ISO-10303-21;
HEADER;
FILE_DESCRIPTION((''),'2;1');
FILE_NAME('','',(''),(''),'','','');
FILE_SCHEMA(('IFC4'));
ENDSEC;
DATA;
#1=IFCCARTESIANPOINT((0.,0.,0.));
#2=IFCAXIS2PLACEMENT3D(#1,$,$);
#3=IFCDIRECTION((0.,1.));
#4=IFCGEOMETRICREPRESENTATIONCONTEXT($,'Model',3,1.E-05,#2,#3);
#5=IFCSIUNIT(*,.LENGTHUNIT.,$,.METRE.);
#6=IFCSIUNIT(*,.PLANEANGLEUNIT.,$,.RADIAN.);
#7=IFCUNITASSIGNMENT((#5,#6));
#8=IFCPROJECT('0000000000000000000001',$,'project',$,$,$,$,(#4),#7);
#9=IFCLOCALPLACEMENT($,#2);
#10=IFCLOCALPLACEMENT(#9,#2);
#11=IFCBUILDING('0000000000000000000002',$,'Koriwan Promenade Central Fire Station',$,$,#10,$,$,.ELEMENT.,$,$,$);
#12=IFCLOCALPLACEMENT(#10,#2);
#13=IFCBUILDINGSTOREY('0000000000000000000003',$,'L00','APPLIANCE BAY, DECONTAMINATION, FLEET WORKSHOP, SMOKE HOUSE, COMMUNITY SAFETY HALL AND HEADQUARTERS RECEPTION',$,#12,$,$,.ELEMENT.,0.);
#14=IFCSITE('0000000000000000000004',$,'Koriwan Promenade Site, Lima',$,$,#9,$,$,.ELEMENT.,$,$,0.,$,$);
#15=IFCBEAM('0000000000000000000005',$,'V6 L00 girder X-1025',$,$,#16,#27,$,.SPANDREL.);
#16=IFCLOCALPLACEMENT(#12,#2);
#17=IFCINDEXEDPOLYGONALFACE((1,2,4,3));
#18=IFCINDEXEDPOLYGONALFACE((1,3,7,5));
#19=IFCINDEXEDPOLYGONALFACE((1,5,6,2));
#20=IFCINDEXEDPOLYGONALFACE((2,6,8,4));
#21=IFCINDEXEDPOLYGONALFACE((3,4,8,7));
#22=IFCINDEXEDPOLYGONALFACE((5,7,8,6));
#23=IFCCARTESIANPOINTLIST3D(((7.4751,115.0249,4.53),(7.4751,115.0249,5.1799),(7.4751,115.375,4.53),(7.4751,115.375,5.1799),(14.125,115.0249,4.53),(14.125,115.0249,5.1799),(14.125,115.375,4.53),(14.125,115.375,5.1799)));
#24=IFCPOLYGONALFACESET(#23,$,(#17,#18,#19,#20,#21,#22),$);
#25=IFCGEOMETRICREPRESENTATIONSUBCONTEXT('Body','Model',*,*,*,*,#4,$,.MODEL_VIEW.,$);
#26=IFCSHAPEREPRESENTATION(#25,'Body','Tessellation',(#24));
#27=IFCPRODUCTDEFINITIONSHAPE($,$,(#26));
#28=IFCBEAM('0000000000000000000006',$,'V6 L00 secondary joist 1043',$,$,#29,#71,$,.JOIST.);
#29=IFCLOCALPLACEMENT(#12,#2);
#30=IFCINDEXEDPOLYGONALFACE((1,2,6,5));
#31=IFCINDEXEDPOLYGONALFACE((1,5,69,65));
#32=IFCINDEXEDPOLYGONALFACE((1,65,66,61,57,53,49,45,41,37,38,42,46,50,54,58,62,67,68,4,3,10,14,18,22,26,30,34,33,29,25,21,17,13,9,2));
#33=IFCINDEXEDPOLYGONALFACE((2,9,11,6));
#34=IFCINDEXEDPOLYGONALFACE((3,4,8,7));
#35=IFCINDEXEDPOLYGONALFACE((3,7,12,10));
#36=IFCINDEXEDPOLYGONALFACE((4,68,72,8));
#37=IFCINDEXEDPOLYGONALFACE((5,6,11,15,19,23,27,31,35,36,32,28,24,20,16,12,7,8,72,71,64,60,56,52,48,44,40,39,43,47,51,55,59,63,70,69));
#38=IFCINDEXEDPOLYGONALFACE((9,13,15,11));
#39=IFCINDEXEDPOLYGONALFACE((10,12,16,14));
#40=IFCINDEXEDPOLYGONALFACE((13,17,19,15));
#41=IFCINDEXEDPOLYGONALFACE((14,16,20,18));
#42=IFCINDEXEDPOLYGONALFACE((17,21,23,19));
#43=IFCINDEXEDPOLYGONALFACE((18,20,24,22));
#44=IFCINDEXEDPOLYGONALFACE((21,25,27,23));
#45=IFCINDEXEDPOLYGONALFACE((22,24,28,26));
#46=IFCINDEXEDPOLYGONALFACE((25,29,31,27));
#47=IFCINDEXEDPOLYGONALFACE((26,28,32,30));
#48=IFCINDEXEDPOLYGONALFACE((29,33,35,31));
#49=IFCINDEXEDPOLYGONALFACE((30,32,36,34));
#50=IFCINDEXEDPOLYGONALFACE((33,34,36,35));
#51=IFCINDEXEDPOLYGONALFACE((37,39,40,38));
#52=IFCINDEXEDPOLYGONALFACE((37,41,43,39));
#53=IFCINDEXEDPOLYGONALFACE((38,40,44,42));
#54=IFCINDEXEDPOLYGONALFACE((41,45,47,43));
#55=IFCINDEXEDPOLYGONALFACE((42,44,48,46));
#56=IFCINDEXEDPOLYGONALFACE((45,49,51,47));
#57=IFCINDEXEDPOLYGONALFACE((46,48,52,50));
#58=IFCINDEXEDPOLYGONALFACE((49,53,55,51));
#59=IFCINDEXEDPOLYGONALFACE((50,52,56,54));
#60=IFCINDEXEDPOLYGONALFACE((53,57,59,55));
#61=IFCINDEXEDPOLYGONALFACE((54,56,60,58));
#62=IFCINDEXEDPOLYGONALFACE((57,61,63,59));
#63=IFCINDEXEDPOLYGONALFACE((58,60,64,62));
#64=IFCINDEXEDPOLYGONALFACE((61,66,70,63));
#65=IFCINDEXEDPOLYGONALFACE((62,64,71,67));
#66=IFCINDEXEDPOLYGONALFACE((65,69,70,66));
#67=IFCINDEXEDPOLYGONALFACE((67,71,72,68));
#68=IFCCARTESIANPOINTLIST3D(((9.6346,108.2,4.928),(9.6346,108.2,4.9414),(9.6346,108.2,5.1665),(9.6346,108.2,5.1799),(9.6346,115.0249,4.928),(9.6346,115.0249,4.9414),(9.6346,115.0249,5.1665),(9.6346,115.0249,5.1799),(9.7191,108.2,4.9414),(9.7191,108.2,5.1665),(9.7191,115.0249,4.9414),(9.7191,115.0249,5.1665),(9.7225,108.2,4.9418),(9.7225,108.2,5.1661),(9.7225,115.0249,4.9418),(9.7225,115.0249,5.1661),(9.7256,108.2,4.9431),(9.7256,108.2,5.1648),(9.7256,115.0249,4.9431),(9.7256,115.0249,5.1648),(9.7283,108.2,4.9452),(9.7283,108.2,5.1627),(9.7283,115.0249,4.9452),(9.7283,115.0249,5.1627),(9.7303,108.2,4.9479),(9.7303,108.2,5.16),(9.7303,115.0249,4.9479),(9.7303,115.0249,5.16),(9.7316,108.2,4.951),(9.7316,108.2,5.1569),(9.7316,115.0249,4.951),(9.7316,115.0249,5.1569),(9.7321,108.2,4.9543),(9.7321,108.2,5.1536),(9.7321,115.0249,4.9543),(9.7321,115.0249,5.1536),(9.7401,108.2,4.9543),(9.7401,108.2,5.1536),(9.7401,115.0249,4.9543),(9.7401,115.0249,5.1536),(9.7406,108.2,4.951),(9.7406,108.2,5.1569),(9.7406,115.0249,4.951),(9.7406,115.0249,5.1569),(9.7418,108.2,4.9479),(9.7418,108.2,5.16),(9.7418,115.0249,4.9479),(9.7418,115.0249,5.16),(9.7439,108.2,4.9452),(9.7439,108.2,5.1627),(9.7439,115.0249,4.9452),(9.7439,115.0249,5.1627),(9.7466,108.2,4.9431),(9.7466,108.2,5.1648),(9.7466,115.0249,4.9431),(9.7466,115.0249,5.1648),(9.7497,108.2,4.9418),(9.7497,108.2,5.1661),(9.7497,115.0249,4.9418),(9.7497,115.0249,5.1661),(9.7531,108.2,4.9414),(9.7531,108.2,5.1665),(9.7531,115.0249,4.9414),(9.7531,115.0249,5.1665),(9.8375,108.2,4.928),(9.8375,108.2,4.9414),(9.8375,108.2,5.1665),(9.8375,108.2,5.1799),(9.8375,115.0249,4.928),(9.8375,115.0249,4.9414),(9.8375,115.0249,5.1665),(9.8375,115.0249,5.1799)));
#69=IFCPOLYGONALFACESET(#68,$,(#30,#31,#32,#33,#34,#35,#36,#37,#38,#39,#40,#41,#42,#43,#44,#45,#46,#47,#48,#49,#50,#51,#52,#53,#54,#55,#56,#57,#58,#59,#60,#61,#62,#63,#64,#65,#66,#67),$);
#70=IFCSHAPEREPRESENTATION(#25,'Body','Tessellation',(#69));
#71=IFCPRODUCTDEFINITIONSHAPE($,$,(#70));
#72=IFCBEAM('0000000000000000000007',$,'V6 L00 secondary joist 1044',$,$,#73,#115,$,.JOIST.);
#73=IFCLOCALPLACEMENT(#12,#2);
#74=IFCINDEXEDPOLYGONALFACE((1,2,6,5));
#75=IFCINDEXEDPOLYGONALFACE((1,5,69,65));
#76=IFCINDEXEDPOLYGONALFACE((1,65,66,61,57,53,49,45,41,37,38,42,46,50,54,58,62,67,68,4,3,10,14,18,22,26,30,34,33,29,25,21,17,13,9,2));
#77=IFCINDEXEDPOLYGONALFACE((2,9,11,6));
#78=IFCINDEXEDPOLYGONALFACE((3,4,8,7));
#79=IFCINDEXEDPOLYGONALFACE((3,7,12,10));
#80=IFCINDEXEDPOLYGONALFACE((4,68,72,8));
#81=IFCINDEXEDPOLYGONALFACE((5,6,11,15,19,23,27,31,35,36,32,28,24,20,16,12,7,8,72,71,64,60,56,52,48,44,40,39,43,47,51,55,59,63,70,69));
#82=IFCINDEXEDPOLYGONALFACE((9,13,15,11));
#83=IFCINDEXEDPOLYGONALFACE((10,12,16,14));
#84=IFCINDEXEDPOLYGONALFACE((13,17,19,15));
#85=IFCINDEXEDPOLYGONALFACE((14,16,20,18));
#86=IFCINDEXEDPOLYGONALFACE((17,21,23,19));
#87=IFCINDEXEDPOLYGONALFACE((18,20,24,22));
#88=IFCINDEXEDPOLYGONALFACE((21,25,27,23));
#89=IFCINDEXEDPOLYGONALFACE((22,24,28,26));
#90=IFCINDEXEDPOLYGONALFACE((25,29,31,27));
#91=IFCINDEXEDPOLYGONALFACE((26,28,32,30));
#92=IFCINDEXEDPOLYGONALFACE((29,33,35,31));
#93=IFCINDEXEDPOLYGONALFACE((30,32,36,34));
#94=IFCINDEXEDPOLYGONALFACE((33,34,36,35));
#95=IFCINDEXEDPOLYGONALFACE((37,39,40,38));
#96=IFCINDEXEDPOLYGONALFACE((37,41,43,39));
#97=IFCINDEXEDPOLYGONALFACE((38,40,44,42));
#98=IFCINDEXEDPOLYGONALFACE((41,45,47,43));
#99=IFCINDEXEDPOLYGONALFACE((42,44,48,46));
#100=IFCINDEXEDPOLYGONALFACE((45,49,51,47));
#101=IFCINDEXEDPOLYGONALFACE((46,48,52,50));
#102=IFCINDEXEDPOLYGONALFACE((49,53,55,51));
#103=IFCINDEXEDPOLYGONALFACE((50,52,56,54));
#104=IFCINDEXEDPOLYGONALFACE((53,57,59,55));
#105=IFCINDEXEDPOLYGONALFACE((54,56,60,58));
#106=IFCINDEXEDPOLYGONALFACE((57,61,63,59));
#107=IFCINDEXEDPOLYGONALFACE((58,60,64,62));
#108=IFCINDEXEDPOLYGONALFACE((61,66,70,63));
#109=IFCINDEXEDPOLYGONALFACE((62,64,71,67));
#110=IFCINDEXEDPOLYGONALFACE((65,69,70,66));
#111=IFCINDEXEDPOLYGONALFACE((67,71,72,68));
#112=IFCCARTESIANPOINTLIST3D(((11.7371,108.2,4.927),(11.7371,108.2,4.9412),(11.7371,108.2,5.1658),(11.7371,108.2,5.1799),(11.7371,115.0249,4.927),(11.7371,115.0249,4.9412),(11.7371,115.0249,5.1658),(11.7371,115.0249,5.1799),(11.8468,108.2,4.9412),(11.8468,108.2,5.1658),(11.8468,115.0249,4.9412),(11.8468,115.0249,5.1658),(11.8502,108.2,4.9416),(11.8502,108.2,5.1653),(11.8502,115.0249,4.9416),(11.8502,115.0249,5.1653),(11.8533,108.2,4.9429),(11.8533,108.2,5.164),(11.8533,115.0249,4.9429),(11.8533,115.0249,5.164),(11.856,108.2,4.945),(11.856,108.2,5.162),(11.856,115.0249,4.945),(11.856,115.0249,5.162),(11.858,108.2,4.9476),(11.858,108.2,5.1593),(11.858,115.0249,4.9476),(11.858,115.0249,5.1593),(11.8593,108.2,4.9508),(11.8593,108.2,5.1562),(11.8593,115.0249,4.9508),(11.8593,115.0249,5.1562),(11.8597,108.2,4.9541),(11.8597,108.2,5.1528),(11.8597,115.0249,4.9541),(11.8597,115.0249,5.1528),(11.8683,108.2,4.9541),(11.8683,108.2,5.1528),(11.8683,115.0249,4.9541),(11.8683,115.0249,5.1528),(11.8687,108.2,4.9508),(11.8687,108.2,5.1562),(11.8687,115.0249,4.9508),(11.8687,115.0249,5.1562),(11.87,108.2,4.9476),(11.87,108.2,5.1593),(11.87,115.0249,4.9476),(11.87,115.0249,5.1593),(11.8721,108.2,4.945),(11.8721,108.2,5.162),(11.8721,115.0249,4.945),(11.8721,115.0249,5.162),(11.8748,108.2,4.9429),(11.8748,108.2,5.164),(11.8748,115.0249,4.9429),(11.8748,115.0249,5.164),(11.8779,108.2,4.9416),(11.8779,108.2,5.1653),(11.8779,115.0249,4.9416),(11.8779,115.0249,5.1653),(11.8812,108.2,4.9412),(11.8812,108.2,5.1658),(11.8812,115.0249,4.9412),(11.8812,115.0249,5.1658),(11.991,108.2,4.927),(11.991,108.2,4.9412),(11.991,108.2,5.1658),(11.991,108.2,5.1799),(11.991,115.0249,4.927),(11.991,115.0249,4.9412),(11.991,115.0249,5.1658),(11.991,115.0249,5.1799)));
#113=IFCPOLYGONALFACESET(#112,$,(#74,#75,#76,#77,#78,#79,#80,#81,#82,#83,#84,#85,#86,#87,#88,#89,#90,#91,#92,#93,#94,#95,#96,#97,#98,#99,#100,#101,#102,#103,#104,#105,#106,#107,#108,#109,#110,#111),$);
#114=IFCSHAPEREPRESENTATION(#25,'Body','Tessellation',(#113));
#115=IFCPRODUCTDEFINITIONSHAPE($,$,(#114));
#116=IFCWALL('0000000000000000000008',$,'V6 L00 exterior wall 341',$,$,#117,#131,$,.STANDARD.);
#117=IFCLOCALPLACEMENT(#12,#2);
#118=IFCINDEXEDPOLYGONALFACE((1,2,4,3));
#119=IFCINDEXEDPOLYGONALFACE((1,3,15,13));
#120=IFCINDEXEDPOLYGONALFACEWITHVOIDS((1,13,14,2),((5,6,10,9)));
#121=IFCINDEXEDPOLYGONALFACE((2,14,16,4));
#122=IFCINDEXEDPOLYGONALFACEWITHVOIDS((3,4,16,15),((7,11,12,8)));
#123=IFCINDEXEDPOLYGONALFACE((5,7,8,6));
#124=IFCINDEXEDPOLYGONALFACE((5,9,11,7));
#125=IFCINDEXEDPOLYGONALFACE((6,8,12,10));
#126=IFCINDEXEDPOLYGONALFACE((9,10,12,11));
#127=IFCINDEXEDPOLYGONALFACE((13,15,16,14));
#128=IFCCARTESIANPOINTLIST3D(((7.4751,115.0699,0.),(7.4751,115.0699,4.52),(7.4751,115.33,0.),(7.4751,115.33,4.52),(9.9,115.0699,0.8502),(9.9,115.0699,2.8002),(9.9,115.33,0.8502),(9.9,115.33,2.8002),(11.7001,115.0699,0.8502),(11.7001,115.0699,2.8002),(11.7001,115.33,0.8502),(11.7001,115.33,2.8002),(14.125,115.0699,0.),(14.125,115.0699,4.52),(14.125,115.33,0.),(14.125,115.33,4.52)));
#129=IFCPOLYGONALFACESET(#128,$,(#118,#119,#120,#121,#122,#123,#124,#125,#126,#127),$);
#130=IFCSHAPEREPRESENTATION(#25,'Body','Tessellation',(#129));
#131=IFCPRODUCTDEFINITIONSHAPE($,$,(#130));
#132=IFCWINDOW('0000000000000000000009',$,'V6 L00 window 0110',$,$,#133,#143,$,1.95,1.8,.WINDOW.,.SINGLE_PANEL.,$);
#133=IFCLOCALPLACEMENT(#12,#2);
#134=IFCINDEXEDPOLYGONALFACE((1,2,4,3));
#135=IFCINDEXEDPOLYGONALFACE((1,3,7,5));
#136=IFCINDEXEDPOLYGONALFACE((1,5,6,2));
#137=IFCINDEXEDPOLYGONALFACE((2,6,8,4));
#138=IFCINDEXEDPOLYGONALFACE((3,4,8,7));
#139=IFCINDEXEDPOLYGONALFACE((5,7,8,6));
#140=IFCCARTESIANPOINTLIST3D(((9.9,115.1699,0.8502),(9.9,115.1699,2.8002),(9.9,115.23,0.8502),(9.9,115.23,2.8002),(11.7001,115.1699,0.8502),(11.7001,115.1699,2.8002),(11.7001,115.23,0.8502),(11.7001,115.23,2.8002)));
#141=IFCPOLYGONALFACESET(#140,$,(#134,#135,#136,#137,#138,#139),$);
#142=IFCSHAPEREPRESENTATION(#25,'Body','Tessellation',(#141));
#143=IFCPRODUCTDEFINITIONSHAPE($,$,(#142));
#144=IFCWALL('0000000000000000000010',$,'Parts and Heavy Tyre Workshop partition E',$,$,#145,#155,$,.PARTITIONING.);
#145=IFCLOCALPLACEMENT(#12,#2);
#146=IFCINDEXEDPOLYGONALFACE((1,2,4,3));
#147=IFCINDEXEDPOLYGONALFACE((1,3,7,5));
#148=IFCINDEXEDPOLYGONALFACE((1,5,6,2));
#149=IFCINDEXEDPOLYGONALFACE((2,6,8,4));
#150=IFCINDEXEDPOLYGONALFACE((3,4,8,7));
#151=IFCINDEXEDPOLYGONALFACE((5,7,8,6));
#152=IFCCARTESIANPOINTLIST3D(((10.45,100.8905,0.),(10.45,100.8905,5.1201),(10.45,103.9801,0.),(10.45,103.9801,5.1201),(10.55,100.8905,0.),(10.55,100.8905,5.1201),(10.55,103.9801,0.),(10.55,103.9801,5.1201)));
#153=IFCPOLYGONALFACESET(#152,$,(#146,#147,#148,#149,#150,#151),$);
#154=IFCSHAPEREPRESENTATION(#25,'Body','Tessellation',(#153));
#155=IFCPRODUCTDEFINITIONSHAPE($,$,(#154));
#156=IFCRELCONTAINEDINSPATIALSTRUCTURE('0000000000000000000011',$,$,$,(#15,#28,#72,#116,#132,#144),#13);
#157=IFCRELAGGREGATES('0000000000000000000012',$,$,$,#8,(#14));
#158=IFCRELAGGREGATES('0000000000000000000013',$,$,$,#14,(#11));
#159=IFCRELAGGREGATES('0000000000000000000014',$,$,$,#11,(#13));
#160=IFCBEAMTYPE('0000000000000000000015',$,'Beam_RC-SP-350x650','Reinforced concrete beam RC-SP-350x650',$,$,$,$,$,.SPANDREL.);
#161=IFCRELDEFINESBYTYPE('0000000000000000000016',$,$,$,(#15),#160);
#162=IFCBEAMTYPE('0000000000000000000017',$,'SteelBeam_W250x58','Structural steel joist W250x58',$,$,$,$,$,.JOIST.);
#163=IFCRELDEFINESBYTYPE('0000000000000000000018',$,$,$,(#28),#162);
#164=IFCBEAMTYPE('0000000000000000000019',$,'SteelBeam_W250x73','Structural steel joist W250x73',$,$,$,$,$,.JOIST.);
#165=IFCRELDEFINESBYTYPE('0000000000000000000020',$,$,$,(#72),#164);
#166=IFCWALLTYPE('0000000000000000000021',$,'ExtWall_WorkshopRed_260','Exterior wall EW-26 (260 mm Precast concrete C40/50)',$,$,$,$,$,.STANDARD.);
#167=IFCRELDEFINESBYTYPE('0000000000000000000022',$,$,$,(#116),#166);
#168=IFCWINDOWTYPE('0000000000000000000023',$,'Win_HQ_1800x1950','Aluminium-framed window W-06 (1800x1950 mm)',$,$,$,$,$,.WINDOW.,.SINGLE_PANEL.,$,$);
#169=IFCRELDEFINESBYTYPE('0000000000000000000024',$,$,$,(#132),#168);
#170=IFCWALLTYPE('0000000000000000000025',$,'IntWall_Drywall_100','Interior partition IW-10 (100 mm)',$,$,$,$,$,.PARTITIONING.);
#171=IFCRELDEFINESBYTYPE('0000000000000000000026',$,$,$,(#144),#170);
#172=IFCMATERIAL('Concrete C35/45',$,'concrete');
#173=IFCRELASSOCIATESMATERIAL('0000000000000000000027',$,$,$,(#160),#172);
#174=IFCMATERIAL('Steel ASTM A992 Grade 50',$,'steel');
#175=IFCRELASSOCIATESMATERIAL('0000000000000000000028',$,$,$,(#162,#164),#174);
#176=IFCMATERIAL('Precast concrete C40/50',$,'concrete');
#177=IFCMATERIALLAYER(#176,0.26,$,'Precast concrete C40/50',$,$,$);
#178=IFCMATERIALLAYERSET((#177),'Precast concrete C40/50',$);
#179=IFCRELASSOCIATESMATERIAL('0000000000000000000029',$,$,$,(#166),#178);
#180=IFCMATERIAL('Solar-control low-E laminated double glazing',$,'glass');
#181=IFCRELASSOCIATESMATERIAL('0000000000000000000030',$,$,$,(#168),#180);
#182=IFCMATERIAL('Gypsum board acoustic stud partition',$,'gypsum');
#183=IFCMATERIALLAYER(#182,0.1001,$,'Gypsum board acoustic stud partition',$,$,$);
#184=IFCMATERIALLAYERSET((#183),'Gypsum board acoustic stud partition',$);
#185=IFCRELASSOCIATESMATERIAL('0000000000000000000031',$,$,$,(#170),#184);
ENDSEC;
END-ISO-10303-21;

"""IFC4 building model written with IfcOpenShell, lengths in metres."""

from ifc_helpers import new_model, si_unit, direction, frame, frame_2d, origin, origin_2d, place, context, subcontext, project, spatial, rectangle, i_section, extrude, material, layer, layer_set, material_profile, profile_set, type_object, element, fill, save


model = new_model("IFC4")

# Units and contexts
model_context = context("Model", 3, precision=1e-05, world=origin(), true_north=direction((0.0, 1.0)))
body_context = subcontext(model_context, "Body", "Model", "MODEL_VIEW")
ifc_project = project(units=[si_unit("LENGTHUNIT", "METRE"), si_unit("PLANEANGLEUNIT", "RADIAN")], contexts=[model_context])

# Site, building, storey
site_placement = place(None, origin())
site = spatial("IfcSite", under=ifc_project, at=site_placement, Name="Koriwan Promenade Site, Lima", CompositionType="ELEMENT", RefElevation=0.0)
building_placement = place(site_placement, origin())
building = spatial("IfcBuilding", under=site, at=building_placement, Name="Koriwan Promenade Central Fire Station", CompositionType="ELEMENT")
storey_placement = place(building_placement, origin())
storey = spatial("IfcBuildingStorey", under=building, at=storey_placement, Name="L00", Description="APPLIANCE BAY, DECONTAMINATION, FLEET WORKSHOP, SMOKE HOUSE, COMMUNITY SAFETY HALL AND HEADQUARTERS RECEPTION", CompositionType="ELEMENT", Elevation=0.0)

# Shared definitions
ifc_material_1 = material(Name="Concrete C35/45", Category="concrete")

# Beams
ifc_material_profile_1 = material_profile(ifc_material_1, rectangle(XDim=0.3501, YDim=0.6499, at=origin_2d()), Name="RC-SP-350x650")
ifc_profile_set_1 = profile_set([ifc_material_profile_1], Name="Concrete C35/45")
beam_type_1 = type_object("IfcBeamType", Name="Beam_RC-SP-350x650", Description="Reinforced concrete beam RC-SP-350x650", PredefinedType="SPANDREL", material=ifc_profile_set_1)
beam_1_placement = place(storey_placement, frame((7.4751, 115.2, 4.855), z_axis=(1.0, 0.0, 0.0), x_axis=(0.0, 1.0, 0.0)))
element("IfcBeam", 1, at=beam_1_placement, inside=storey, type_object=beam_type_1, Name="V6 L00 girder X-1025", PredefinedType="SPANDREL", context=body_context, shape_type="SweptSolid", body=[
    extrude(rectangle(XDim=0.3501, YDim=0.6499, at=origin_2d()), origin(), (0.0, 0.0, 1.0), 6.6499),
])
ifc_material_2 = material(Name="Steel ASTM A992 Grade 50", Category="steel")
ifc_material_profile_2 = material_profile(ifc_material_2, i_section(OverallWidth=0.2029, OverallDepth=0.252, WebThickness=0.0081, FlangeThickness=0.0134, FilletRadius=0.0129, at=origin_2d()), Name="W250x58")
ifc_profile_set_2 = profile_set([ifc_material_profile_2], Name="Steel ASTM A992 Grade 50")
beam_type_2 = type_object("IfcBeamType", Name="SteelBeam_W250x58", Description="Structural steel joist W250x58", PredefinedType="JOIST", material=ifc_profile_set_2)
beam_2_placement = place(storey_placement, frame((9.7361, 108.2, 5.054), z_axis=(0.0, 1.0, 0.0), x_axis=(-1.0, 0.0, 0.0)))
element("IfcBeam", 2, at=beam_2_placement, inside=storey, type_object=beam_type_2, Name="V6 L00 secondary joist 1043", PredefinedType="JOIST", context=body_context, shape_type="SweptSolid", body=[
    extrude(i_section(OverallWidth=0.2029, OverallDepth=0.252, WebThickness=0.0081, FlangeThickness=0.0134, FilletRadius=0.0129, at=origin_2d()), origin(), (0.0, 0.0, 1.0), 6.825),
])
ifc_material_profile_3 = material_profile(ifc_material_2, i_section(OverallWidth=0.2539, OverallDepth=0.2529, WebThickness=0.0085, FlangeThickness=0.0142, FilletRadius=0.0129, at=origin_2d()), Name="W250x73")
ifc_profile_set_3 = profile_set([ifc_material_profile_3], Name="Steel ASTM A992 Grade 50")
beam_type_3 = type_object("IfcBeamType", Name="SteelBeam_W250x73", Description="Structural steel joist W250x73", PredefinedType="JOIST", material=ifc_profile_set_3)
beam_3_placement = place(storey_placement, frame((11.864, 108.2, 5.0535), z_axis=(0.0, 1.0, 0.0), x_axis=(-1.0, 0.0, 0.0)))
element("IfcBeam", 3, at=beam_3_placement, inside=storey, type_object=beam_type_3, Name="V6 L00 secondary joist 1044", PredefinedType="JOIST", context=body_context, shape_type="SweptSolid", body=[
    extrude(i_section(OverallWidth=0.2539, OverallDepth=0.2529, WebThickness=0.0085, FlangeThickness=0.0142, FilletRadius=0.0129, at=origin_2d()), origin(), (0.0, 0.0, 1.0), 6.825),
])

# Wall, opening, window
ifc_material_3 = material(Name="Precast concrete C40/50", Category="concrete")
ifc_layer_1 = layer(ifc_material_3, 0.26, Name="Precast concrete C40/50")
ifc_layer_set_1 = layer_set([ifc_layer_1], Name="Precast concrete C40/50")
wall_type_1 = type_object("IfcWallType", Name="ExtWall_WorkshopRed_260", Description="Exterior wall EW-26 (260 mm Precast concrete C40/50)", PredefinedType="STANDARD", material=ifc_layer_set_1)
wall_1_placement = place(storey_placement, frame((14.125, 115.2, 0.0), z_axis=(0.0, 0.0, 1.0), x_axis=(-1.0, 0.0, 0.0)))
wall_1 = element("IfcWall", 4, at=wall_1_placement, inside=storey, type_object=wall_type_1, Name="V6 L00 exterior wall 341", PredefinedType="STANDARD", context=body_context, shape_type="SweptSolid", body=[
    extrude(rectangle(XDim=6.6499, YDim=0.26, at=frame_2d((3.325, 0.0))), origin(), (0.0, 0.0, 1.0), 4.52),
])
opening_1_placement = place(wall_1_placement, frame((2.425, 0.0, 0.8501)))
opening_1 = element("IfcOpeningElement", 5, at=opening_1_placement, cuts=wall_1, PredefinedType="OPENING", context=body_context, shape_type="SweptSolid", body=[
    extrude(rectangle(XDim=1.8, YDim=1.95, at=frame_2d((0.8999, 0.9751))), frame((0.0, 0.1421, 0.0), z_axis=(0.0, -1.0, 0.0), x_axis=(1.0, 0.0, 0.0)), (0.0, 0.0, 1.0), 0.2839),
])
ifc_material_4 = material(Name="Solar-control low-E laminated double glazing", Category="glass")
window_type = type_object("IfcWindowType", Name="Win_HQ_1800x1950", Description="Aluminium-framed window W-06 (1800x1950 mm)", PartitioningType="SINGLE_PANEL", PredefinedType="WINDOW", material=ifc_material_4)
window_placement = place(opening_1_placement, origin())
window = element("IfcWindow", 6, at=window_placement, inside=storey, type_object=window_type, Name="V6 L00 window 0110", OverallHeight=1.95, OverallWidth=1.8, PartitioningType="SINGLE_PANEL", PredefinedType="WINDOW", context=body_context, shape_type="SweptSolid", body=[
    extrude(rectangle(XDim=1.8, YDim=1.95, at=frame_2d((0.8999, 0.9751))), frame((0.0, 0.03, 0.0), z_axis=(0.0, -1.0, 0.0), x_axis=(1.0, 0.0, 0.0)), (0.0, 0.0, 1.0), 0.0601),
])
fill(opening_1, window)

# Wall
ifc_material_5 = material(Name="Gypsum board acoustic stud partition", Category="gypsum")
ifc_layer_2 = layer(ifc_material_5, 0.1001, Name="Gypsum board acoustic stud partition")
ifc_layer_set_2 = layer_set([ifc_layer_2], Name="Gypsum board acoustic stud partition")
wall_type_2 = type_object("IfcWallType", Name="IntWall_Drywall_100", Description="Interior partition IW-10 (100 mm)", PredefinedType="PARTITIONING", material=ifc_layer_set_2)
wall_2_placement = place(storey_placement, frame((10.5, 100.8904, 0.0), z_axis=(0.0, 0.0, 1.0), x_axis=(0.0, 1.0, 0.0)))
element("IfcWall", 7, at=wall_2_placement, inside=storey, type_object=wall_type_2, Name="Parts and Heavy Tyre Workshop partition E", PredefinedType="PARTITIONING", context=body_context, shape_type="SweptSolid", body=[
    extrude(rectangle(XDim=3.0896, YDim=0.1001, at=frame_2d((1.5449, 0.0))), origin(), (0.0, 0.0, 1.0), 5.1201),
])

save(model, "model.ifc")
